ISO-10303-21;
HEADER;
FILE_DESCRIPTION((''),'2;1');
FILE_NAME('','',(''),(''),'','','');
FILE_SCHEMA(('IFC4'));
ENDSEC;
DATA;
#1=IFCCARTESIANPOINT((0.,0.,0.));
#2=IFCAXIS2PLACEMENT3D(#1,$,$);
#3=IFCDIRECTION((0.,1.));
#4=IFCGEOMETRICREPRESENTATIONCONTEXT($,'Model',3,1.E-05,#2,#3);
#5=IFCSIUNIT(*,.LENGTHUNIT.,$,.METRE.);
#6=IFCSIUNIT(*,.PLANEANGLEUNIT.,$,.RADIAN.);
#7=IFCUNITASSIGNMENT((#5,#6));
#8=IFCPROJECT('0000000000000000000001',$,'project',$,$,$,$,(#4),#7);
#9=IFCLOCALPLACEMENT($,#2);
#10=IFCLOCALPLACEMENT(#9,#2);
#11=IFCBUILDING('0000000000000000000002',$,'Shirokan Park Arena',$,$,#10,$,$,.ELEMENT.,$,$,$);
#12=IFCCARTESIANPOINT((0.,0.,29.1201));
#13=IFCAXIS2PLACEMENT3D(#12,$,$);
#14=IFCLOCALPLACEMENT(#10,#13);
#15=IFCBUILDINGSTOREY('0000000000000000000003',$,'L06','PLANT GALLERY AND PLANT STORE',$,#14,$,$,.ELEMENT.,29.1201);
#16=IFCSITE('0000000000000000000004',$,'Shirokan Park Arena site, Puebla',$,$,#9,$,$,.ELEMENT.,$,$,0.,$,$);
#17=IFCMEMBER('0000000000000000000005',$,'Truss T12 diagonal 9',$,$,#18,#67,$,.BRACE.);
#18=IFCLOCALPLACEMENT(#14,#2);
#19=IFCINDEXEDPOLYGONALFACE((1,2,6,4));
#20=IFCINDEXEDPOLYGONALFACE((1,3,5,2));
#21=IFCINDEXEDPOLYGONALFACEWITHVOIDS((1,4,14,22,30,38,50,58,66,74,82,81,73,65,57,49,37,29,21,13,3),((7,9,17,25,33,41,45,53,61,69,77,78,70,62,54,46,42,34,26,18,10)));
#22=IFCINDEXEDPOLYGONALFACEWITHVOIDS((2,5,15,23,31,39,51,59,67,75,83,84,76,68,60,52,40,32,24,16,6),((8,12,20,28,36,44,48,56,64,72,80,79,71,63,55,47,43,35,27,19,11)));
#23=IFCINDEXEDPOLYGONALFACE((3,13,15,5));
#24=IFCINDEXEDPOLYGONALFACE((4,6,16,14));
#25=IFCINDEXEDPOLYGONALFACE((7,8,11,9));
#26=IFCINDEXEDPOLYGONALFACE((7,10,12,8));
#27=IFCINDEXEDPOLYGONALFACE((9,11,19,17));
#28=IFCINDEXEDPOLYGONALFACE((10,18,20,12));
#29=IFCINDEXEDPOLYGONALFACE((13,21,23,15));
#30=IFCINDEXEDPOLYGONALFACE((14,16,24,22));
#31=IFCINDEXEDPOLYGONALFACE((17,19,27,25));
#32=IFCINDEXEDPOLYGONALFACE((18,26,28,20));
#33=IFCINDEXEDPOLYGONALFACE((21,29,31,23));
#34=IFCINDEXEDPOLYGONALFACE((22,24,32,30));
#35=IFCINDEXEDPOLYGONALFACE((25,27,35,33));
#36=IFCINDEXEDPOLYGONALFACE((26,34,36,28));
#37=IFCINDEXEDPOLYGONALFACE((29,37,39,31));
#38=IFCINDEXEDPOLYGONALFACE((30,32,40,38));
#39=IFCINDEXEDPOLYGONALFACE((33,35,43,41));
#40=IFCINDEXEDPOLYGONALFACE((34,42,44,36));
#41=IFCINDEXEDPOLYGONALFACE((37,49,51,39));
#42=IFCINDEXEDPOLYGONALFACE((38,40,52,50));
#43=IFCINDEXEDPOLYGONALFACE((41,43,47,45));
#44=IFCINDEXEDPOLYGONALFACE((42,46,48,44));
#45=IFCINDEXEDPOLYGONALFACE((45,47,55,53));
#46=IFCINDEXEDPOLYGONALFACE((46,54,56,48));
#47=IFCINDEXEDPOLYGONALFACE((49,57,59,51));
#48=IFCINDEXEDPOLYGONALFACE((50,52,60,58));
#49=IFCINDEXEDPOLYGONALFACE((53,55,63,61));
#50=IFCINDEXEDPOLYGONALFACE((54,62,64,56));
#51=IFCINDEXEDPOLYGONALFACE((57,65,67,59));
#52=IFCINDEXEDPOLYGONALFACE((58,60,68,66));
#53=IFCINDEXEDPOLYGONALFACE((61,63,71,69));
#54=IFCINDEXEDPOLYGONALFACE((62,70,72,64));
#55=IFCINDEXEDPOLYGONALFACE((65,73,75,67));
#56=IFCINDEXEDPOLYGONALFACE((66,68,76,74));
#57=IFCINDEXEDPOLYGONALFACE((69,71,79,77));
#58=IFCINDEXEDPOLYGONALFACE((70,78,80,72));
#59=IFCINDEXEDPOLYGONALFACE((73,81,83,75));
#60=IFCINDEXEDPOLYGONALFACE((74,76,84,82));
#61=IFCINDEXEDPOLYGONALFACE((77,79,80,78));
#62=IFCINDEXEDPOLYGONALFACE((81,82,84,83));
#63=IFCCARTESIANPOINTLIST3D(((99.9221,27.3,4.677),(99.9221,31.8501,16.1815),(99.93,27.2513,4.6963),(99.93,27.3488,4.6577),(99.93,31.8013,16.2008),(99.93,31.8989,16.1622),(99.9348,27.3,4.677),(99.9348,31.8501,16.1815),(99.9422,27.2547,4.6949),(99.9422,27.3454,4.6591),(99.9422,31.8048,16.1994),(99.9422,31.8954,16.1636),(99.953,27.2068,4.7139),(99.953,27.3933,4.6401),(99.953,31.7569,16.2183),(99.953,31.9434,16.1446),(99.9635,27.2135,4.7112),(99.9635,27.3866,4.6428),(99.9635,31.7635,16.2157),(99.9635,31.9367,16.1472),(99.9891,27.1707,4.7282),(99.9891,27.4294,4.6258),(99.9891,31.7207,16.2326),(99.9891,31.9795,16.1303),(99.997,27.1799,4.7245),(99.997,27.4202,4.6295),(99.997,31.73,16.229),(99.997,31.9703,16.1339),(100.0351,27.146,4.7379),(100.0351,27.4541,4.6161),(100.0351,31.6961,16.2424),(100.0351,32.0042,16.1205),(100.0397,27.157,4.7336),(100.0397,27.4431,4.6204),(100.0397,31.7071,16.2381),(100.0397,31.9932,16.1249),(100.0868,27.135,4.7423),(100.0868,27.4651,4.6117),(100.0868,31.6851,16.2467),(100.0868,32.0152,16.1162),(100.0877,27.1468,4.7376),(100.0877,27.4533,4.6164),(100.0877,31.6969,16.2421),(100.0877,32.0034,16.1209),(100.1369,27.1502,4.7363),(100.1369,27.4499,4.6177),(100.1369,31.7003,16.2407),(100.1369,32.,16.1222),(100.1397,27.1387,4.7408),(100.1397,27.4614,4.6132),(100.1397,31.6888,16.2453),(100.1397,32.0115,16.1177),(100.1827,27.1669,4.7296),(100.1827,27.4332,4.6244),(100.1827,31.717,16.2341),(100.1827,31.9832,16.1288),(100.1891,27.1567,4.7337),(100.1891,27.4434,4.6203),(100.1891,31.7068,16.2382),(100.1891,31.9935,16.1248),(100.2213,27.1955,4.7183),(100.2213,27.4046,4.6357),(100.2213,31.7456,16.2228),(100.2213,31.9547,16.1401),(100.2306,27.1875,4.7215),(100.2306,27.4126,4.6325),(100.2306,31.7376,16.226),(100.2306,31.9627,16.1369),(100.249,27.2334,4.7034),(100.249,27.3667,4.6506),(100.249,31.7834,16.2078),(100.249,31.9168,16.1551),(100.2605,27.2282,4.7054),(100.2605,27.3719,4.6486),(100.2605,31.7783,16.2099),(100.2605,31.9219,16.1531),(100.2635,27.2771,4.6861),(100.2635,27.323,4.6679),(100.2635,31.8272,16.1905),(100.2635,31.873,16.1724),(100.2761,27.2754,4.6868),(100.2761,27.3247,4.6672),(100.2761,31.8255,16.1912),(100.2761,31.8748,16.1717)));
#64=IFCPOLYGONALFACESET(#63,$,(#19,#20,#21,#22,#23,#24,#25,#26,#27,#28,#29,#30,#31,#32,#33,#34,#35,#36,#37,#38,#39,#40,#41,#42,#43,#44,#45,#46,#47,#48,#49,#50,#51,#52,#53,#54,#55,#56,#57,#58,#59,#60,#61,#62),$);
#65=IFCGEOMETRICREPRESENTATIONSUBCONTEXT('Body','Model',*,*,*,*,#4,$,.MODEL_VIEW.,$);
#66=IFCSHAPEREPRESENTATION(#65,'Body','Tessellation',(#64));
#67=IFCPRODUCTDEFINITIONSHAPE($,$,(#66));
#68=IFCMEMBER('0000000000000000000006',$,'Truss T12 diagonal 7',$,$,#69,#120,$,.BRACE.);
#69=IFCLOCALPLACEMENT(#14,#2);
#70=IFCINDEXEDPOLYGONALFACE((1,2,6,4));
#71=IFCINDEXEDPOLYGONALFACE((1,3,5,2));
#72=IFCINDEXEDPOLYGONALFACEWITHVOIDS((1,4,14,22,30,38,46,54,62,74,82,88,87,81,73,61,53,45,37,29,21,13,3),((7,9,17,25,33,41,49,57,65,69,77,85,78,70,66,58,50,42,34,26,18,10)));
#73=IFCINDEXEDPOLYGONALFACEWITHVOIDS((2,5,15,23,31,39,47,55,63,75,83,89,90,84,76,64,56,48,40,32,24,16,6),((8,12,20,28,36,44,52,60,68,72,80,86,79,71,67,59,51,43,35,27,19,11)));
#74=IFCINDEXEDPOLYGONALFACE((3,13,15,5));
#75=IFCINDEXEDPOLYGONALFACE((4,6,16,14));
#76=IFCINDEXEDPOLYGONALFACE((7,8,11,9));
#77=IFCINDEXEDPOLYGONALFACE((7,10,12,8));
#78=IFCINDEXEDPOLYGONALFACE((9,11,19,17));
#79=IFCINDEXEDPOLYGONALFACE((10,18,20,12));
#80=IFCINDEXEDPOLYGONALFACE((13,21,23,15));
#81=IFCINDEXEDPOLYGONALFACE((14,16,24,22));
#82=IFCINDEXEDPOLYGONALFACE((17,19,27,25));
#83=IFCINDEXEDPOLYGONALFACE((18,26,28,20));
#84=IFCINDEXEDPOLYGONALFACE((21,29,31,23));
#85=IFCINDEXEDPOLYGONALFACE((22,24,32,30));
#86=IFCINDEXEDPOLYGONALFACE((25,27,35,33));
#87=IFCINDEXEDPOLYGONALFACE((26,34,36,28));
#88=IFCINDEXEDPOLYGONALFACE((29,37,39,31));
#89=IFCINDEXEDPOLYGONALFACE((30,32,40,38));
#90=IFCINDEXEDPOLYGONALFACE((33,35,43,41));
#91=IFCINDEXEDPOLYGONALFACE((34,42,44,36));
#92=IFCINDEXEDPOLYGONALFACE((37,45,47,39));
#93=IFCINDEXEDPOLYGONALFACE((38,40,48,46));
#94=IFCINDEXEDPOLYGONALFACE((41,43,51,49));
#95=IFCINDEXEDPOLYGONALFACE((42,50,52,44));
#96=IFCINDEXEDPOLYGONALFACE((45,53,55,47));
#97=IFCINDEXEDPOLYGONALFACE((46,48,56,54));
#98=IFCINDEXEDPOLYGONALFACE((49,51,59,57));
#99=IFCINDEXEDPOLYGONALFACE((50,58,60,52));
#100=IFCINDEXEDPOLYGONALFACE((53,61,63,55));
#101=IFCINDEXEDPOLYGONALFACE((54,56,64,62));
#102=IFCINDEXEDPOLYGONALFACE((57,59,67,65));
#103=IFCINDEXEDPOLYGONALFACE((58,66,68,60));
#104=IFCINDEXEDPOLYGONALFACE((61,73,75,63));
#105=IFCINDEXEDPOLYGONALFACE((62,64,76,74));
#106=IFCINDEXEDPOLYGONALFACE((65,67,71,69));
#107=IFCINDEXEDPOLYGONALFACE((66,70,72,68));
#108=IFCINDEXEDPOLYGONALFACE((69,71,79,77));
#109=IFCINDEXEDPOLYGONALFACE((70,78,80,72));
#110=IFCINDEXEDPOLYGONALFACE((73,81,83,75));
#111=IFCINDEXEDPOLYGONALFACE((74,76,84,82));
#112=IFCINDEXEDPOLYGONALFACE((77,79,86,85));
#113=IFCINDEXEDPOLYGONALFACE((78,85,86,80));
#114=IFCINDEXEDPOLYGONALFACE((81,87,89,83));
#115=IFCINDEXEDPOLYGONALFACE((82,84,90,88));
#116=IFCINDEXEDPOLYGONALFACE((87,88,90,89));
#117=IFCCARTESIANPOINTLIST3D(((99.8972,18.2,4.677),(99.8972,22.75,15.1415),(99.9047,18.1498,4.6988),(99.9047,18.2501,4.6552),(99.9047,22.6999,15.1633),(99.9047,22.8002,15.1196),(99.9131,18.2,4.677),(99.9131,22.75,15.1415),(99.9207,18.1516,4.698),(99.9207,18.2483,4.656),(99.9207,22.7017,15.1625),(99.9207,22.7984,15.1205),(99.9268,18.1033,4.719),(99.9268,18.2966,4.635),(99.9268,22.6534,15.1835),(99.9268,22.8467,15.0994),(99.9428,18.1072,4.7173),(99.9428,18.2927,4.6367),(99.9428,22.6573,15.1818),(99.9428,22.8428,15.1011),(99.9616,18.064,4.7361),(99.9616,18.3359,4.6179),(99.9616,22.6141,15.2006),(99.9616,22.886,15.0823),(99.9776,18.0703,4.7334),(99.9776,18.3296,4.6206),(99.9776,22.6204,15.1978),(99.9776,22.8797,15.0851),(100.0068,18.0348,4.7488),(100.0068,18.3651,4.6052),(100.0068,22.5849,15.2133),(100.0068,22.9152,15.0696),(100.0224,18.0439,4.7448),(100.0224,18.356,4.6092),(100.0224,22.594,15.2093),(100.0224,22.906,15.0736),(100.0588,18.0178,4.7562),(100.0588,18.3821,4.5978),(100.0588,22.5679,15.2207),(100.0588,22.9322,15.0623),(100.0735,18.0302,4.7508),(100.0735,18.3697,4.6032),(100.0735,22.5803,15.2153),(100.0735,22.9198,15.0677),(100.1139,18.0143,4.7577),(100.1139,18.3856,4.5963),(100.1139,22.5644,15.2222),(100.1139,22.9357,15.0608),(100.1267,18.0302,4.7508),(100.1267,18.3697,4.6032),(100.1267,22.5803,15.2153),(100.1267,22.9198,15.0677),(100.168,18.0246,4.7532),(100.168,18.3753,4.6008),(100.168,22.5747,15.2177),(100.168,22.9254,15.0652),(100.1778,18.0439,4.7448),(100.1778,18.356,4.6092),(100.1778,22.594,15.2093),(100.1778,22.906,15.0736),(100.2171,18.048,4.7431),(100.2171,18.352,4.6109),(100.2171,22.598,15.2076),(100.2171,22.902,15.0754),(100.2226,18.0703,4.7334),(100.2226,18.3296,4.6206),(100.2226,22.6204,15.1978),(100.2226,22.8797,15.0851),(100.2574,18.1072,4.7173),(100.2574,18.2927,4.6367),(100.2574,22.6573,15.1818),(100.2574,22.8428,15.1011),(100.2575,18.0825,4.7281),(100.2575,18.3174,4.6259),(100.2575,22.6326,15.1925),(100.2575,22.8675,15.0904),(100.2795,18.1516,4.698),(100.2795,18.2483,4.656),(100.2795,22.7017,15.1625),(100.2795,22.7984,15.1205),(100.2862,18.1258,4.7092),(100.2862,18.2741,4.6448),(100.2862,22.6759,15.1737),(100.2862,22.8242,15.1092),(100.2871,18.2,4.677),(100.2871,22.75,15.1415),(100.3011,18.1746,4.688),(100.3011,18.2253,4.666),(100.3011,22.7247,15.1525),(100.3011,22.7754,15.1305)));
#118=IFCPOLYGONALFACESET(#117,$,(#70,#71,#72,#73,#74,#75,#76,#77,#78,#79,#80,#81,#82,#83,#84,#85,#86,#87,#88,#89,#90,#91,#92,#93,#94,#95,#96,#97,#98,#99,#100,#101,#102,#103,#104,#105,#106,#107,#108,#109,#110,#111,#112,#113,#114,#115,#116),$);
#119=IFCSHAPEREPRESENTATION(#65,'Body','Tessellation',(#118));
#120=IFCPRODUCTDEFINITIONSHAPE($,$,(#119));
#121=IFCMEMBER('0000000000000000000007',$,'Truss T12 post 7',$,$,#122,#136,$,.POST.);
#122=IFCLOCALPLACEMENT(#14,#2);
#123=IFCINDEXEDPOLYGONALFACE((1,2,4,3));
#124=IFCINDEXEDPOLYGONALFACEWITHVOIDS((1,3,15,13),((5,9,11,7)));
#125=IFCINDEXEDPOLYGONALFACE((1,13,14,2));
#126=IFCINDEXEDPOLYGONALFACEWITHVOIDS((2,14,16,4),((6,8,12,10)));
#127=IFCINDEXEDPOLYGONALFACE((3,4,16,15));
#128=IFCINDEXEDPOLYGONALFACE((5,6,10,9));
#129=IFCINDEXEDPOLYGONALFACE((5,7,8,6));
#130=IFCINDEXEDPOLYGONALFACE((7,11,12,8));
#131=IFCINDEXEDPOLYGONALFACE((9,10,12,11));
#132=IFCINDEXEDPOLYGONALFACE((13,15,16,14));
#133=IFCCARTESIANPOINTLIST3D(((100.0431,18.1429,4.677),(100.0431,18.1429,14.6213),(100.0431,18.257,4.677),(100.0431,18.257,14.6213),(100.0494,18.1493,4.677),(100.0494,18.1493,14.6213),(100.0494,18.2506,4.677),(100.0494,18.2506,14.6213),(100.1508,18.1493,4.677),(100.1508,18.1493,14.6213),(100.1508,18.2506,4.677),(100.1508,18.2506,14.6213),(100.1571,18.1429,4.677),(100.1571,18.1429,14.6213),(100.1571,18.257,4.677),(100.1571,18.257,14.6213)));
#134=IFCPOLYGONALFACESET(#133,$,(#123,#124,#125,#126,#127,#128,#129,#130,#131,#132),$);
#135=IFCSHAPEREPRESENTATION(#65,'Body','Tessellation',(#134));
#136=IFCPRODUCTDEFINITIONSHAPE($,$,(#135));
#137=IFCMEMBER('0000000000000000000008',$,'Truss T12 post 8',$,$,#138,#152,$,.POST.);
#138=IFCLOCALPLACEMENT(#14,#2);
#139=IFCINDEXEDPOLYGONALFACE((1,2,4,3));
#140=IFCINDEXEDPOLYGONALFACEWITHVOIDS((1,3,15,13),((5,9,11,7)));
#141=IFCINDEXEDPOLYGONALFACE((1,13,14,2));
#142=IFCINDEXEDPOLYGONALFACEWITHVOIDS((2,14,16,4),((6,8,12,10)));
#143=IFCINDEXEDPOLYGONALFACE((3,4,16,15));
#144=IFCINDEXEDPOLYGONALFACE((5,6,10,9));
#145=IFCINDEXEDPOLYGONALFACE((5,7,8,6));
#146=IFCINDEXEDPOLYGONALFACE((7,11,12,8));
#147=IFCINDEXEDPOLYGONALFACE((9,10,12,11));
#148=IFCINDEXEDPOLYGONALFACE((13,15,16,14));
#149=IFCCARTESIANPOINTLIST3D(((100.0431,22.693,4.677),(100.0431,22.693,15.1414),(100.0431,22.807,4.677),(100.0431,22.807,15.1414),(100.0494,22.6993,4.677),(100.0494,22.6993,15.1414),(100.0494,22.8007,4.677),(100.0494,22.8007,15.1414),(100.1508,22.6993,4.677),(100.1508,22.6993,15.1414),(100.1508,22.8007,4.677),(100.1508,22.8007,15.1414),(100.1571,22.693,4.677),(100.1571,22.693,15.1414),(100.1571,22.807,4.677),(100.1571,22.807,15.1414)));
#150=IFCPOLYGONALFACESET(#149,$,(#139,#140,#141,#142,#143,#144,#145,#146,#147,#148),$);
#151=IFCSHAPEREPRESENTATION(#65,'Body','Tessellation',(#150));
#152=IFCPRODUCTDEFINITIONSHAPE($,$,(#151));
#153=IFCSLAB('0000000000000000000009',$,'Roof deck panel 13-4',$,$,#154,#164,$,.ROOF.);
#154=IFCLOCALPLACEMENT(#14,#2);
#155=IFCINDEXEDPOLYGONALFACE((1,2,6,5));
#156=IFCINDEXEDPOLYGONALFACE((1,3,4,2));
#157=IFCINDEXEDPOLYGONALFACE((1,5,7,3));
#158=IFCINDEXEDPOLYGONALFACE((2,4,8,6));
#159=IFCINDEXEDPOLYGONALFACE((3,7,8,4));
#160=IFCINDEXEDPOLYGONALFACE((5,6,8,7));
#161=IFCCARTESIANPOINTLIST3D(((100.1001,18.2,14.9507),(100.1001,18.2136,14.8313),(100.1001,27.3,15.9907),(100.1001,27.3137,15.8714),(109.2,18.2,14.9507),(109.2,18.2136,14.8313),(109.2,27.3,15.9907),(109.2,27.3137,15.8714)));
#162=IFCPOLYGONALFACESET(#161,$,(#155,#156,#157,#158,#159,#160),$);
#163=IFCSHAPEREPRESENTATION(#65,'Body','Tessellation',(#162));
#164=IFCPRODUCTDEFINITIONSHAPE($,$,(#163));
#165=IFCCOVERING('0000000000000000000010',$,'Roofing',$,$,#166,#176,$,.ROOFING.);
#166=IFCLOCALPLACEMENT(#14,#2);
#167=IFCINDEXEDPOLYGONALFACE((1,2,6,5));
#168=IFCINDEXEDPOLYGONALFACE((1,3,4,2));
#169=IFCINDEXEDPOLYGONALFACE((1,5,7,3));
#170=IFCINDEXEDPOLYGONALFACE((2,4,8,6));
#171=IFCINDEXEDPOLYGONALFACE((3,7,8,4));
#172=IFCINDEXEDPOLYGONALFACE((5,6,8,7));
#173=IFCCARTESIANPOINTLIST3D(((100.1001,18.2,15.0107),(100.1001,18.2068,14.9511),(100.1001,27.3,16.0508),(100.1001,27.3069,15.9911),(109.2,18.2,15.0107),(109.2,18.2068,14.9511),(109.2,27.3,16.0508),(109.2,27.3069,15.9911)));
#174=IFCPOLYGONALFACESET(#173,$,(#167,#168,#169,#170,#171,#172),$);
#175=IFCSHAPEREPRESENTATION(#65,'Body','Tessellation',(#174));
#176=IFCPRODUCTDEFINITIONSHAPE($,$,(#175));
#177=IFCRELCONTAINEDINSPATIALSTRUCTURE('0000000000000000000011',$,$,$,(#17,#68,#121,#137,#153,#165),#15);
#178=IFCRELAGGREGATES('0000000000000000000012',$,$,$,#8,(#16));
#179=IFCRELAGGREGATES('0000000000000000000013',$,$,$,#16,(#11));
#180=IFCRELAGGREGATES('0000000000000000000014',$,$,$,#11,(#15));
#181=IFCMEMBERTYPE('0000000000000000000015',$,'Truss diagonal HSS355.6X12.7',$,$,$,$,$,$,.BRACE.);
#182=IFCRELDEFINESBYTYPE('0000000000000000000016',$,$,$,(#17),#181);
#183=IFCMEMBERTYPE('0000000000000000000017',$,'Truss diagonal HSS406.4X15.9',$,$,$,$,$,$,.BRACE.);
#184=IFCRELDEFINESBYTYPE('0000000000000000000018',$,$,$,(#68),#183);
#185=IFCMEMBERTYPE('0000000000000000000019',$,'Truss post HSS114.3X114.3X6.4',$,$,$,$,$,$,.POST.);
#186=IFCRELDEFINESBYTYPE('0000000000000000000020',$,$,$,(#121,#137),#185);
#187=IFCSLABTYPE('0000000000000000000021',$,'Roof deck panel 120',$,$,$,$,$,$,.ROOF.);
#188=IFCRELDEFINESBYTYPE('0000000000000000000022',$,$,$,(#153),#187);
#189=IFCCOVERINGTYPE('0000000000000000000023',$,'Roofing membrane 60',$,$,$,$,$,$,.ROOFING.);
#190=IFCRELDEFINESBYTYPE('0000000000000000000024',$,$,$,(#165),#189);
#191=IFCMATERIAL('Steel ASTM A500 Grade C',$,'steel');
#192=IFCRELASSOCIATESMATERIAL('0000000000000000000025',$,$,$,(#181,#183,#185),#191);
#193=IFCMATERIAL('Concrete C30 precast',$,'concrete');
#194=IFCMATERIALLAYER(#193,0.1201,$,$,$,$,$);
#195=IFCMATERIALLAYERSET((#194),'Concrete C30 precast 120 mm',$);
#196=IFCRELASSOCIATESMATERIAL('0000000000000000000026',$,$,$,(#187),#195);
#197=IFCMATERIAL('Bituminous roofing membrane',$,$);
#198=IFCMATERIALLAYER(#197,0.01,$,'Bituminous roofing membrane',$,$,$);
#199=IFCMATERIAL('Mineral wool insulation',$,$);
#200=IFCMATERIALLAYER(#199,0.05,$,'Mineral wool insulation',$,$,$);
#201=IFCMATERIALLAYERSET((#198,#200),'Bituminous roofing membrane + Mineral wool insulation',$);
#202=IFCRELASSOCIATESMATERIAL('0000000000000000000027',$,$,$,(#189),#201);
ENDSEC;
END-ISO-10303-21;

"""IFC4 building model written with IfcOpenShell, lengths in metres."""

from ifc_helpers import new_model, si_unit, direction, frame, origin, origin_2d, place, context, subcontext, project, spatial, polyline, hollow_rectangle, hollow_circle, outline, extrude, material, layer, layer_set, material_profile, profile_set, type_object, element, save


model = new_model("IFC4")

# Units and contexts
model_context = context("Model", 3, precision=1e-05, world=origin(), true_north=direction((0.0, 1.0)))
body_context = subcontext(model_context, "Body", "Model", "MODEL_VIEW")
ifc_project = project(units=[si_unit("LENGTHUNIT", "METRE"), si_unit("PLANEANGLEUNIT", "RADIAN")], contexts=[model_context])

# Site, building, storey
site_placement = place(None, origin())
site = spatial("IfcSite", under=ifc_project, at=site_placement, Name="Shirokan Park Arena site, Puebla", CompositionType="ELEMENT", RefElevation=0.0)
building_placement = place(site_placement, origin())
building = spatial("IfcBuilding", under=site, at=building_placement, Name="Shirokan Park Arena", CompositionType="ELEMENT")
storey_placement = place(building_placement, frame((0.0, 0.0, 29.1201)))
storey = spatial("IfcBuildingStorey", under=building, at=storey_placement, Name="L06", Description="PLANT GALLERY AND PLANT STORE", CompositionType="ELEMENT", Elevation=29.1201)

# Members
ifc_material_1 = material(Name="Steel ASTM A500 Grade C", Category="steel")
ifc_material_profile_1 = material_profile(ifc_material_1, hollow_circle(Radius=0.178, WallThickness=0.0127, at=origin_2d()), Name="HSS355.6X12.7")
ifc_profile_set_1 = profile_set([ifc_material_profile_1], Name="Steel ASTM A500 Grade C")
member_type_1 = type_object("IfcMemberType", Name="Truss diagonal HSS355.6X12.7", PredefinedType="BRACE", material=ifc_profile_set_1)
member_1_placement = place(storey_placement, frame((100.1001, 27.3, 4.677), z_axis=(0.0, 0.367785, 0.929911), x_axis=(-1.0, 0.0, 0.0)))
element("IfcMember", 1, at=member_1_placement, inside=storey, type_object=member_type_1, Name="Truss T12 diagonal 9", PredefinedType="BRACE", context=body_context, shape_type="SweptSolid", body=[
    extrude(hollow_circle(Radius=0.178, WallThickness=0.0127, at=origin_2d()), origin(), (0.0, 0.0, 1.0), 12.3716),
])
ifc_material_profile_2 = material_profile(ifc_material_1, hollow_circle(Radius=0.2029, WallThickness=0.0159, at=origin_2d()), Name="HSS406.4X15.9")
ifc_profile_set_2 = profile_set([ifc_material_profile_2], Name="Steel ASTM A500 Grade C")
member_type_2 = type_object("IfcMemberType", Name="Truss diagonal HSS406.4X15.9", PredefinedType="BRACE", material=ifc_profile_set_2)
member_2_placement = place(storey_placement, frame((100.1001, 18.2, 4.677), z_axis=(0.0, 0.39875, 0.91706), x_axis=(-1.0, 0.0, 0.0)))
element("IfcMember", 2, at=member_2_placement, inside=storey, type_object=member_type_2, Name="Truss T12 diagonal 7", PredefinedType="BRACE", context=body_context, shape_type="SweptSolid", body=[
    extrude(hollow_circle(Radius=0.2029, WallThickness=0.0159, at=origin_2d()), origin(), (0.0, 0.0, 1.0), 11.4109),
])
ifc_material_profile_3 = material_profile(ifc_material_1, hollow_rectangle(XDim=0.114, YDim=0.114, WallThickness=0.0063, at=origin_2d()), Name="HSS114.3X114.3X6.4")
ifc_profile_set_3 = profile_set([ifc_material_profile_3], Name="Steel ASTM A500 Grade C")
member_type_3 = type_object("IfcMemberType", Name="Truss post HSS114.3X114.3X6.4", PredefinedType="POST", material=ifc_profile_set_3)
member_3_placement = place(storey_placement, frame((100.1001, 18.2, 4.677), z_axis=(0.0, 0.0, 1.0), x_axis=(1.0, 0.0, 0.0)))
element("IfcMember", 3, at=member_3_placement, inside=storey, type_object=member_type_3, Name="Truss T12 post 7", PredefinedType="POST", context=body_context, shape_type="SweptSolid", body=[
    extrude(hollow_rectangle(XDim=0.114, YDim=0.114, WallThickness=0.0063, at=origin_2d()), origin(), (0.0, 0.0, 1.0), 9.9443),
])
member_4_placement = place(storey_placement, frame((100.1001, 22.75, 4.677), z_axis=(0.0, 0.0, 1.0), x_axis=(1.0, 0.0, 0.0)))
element("IfcMember", 4, at=member_4_placement, inside=storey, type_object=member_type_3, Name="Truss T12 post 8", PredefinedType="POST", context=body_context, shape_type="SweptSolid", body=[
    extrude(hollow_rectangle(XDim=0.114, YDim=0.114, WallThickness=0.0063, at=origin_2d()), origin(), (0.0, 0.0, 1.0), 10.4644),
])

# Slab
ifc_material_2 = material(Name="Concrete C30 precast", Category="concrete")
ifc_layer_1 = layer(ifc_material_2, 0.1201)
ifc_layer_set_1 = layer_set([ifc_layer_1], Name="Concrete C30 precast 120 mm")
slab_type = type_object("IfcSlabType", Name="Roof deck panel 120", PredefinedType="ROOF", material=ifc_layer_set_1)
slab_placement = place(storey_placement, frame((100.1001, 18.2, 14.9507), z_axis=(0.0, -0.11355, 0.993532), x_axis=(1.0, 0.0, 0.0)))
element("IfcSlab", 5, at=slab_placement, inside=storey, type_object=slab_type, Name="Roof deck panel 13-4", PredefinedType="ROOF", context=body_context, shape_type="SweptSolid", body=[
    extrude(outline(polyline([(0.0, 0.0), (9.0999, 0.0), (9.0999, 9.1593), (0.0, 9.1593), (0.0, 0.0)])), origin(), (0.0, 0.0, -1.0), 0.1201),
])

# Covering
ifc_material_3 = material(Name="Bituminous roofing membrane")
ifc_layer_2 = layer(ifc_material_3, 0.01, Name="Bituminous roofing membrane")
ifc_material_4 = material(Name="Mineral wool insulation")
ifc_layer_3 = layer(ifc_material_4, 0.05, Name="Mineral wool insulation")
ifc_layer_set_2 = layer_set([ifc_layer_2, ifc_layer_3], Name="Bituminous roofing membrane + Mineral wool insulation")
covering_type = type_object("IfcCoveringType", Name="Roofing membrane 60", PredefinedType="ROOFING", material=ifc_layer_set_2)
covering_placement = place(storey_placement, frame((100.1001, 18.2, 15.0107), z_axis=(0.0, -0.11355, 0.993532), x_axis=(1.0, 0.0, 0.0)))
element("IfcCovering", 6, at=covering_placement, inside=storey, type_object=covering_type, Name="Roofing", PredefinedType="ROOFING", context=body_context, shape_type="SweptSolid", body=[
    extrude(outline(polyline([(0.0, 0.0), (9.0999, 0.0), (9.0999, 9.1593), (0.0, 9.1593), (0.0, 0.0)])), origin(), (0.0, 0.0, -1.0), 0.0601),
])

save(model, "model.ifc")
